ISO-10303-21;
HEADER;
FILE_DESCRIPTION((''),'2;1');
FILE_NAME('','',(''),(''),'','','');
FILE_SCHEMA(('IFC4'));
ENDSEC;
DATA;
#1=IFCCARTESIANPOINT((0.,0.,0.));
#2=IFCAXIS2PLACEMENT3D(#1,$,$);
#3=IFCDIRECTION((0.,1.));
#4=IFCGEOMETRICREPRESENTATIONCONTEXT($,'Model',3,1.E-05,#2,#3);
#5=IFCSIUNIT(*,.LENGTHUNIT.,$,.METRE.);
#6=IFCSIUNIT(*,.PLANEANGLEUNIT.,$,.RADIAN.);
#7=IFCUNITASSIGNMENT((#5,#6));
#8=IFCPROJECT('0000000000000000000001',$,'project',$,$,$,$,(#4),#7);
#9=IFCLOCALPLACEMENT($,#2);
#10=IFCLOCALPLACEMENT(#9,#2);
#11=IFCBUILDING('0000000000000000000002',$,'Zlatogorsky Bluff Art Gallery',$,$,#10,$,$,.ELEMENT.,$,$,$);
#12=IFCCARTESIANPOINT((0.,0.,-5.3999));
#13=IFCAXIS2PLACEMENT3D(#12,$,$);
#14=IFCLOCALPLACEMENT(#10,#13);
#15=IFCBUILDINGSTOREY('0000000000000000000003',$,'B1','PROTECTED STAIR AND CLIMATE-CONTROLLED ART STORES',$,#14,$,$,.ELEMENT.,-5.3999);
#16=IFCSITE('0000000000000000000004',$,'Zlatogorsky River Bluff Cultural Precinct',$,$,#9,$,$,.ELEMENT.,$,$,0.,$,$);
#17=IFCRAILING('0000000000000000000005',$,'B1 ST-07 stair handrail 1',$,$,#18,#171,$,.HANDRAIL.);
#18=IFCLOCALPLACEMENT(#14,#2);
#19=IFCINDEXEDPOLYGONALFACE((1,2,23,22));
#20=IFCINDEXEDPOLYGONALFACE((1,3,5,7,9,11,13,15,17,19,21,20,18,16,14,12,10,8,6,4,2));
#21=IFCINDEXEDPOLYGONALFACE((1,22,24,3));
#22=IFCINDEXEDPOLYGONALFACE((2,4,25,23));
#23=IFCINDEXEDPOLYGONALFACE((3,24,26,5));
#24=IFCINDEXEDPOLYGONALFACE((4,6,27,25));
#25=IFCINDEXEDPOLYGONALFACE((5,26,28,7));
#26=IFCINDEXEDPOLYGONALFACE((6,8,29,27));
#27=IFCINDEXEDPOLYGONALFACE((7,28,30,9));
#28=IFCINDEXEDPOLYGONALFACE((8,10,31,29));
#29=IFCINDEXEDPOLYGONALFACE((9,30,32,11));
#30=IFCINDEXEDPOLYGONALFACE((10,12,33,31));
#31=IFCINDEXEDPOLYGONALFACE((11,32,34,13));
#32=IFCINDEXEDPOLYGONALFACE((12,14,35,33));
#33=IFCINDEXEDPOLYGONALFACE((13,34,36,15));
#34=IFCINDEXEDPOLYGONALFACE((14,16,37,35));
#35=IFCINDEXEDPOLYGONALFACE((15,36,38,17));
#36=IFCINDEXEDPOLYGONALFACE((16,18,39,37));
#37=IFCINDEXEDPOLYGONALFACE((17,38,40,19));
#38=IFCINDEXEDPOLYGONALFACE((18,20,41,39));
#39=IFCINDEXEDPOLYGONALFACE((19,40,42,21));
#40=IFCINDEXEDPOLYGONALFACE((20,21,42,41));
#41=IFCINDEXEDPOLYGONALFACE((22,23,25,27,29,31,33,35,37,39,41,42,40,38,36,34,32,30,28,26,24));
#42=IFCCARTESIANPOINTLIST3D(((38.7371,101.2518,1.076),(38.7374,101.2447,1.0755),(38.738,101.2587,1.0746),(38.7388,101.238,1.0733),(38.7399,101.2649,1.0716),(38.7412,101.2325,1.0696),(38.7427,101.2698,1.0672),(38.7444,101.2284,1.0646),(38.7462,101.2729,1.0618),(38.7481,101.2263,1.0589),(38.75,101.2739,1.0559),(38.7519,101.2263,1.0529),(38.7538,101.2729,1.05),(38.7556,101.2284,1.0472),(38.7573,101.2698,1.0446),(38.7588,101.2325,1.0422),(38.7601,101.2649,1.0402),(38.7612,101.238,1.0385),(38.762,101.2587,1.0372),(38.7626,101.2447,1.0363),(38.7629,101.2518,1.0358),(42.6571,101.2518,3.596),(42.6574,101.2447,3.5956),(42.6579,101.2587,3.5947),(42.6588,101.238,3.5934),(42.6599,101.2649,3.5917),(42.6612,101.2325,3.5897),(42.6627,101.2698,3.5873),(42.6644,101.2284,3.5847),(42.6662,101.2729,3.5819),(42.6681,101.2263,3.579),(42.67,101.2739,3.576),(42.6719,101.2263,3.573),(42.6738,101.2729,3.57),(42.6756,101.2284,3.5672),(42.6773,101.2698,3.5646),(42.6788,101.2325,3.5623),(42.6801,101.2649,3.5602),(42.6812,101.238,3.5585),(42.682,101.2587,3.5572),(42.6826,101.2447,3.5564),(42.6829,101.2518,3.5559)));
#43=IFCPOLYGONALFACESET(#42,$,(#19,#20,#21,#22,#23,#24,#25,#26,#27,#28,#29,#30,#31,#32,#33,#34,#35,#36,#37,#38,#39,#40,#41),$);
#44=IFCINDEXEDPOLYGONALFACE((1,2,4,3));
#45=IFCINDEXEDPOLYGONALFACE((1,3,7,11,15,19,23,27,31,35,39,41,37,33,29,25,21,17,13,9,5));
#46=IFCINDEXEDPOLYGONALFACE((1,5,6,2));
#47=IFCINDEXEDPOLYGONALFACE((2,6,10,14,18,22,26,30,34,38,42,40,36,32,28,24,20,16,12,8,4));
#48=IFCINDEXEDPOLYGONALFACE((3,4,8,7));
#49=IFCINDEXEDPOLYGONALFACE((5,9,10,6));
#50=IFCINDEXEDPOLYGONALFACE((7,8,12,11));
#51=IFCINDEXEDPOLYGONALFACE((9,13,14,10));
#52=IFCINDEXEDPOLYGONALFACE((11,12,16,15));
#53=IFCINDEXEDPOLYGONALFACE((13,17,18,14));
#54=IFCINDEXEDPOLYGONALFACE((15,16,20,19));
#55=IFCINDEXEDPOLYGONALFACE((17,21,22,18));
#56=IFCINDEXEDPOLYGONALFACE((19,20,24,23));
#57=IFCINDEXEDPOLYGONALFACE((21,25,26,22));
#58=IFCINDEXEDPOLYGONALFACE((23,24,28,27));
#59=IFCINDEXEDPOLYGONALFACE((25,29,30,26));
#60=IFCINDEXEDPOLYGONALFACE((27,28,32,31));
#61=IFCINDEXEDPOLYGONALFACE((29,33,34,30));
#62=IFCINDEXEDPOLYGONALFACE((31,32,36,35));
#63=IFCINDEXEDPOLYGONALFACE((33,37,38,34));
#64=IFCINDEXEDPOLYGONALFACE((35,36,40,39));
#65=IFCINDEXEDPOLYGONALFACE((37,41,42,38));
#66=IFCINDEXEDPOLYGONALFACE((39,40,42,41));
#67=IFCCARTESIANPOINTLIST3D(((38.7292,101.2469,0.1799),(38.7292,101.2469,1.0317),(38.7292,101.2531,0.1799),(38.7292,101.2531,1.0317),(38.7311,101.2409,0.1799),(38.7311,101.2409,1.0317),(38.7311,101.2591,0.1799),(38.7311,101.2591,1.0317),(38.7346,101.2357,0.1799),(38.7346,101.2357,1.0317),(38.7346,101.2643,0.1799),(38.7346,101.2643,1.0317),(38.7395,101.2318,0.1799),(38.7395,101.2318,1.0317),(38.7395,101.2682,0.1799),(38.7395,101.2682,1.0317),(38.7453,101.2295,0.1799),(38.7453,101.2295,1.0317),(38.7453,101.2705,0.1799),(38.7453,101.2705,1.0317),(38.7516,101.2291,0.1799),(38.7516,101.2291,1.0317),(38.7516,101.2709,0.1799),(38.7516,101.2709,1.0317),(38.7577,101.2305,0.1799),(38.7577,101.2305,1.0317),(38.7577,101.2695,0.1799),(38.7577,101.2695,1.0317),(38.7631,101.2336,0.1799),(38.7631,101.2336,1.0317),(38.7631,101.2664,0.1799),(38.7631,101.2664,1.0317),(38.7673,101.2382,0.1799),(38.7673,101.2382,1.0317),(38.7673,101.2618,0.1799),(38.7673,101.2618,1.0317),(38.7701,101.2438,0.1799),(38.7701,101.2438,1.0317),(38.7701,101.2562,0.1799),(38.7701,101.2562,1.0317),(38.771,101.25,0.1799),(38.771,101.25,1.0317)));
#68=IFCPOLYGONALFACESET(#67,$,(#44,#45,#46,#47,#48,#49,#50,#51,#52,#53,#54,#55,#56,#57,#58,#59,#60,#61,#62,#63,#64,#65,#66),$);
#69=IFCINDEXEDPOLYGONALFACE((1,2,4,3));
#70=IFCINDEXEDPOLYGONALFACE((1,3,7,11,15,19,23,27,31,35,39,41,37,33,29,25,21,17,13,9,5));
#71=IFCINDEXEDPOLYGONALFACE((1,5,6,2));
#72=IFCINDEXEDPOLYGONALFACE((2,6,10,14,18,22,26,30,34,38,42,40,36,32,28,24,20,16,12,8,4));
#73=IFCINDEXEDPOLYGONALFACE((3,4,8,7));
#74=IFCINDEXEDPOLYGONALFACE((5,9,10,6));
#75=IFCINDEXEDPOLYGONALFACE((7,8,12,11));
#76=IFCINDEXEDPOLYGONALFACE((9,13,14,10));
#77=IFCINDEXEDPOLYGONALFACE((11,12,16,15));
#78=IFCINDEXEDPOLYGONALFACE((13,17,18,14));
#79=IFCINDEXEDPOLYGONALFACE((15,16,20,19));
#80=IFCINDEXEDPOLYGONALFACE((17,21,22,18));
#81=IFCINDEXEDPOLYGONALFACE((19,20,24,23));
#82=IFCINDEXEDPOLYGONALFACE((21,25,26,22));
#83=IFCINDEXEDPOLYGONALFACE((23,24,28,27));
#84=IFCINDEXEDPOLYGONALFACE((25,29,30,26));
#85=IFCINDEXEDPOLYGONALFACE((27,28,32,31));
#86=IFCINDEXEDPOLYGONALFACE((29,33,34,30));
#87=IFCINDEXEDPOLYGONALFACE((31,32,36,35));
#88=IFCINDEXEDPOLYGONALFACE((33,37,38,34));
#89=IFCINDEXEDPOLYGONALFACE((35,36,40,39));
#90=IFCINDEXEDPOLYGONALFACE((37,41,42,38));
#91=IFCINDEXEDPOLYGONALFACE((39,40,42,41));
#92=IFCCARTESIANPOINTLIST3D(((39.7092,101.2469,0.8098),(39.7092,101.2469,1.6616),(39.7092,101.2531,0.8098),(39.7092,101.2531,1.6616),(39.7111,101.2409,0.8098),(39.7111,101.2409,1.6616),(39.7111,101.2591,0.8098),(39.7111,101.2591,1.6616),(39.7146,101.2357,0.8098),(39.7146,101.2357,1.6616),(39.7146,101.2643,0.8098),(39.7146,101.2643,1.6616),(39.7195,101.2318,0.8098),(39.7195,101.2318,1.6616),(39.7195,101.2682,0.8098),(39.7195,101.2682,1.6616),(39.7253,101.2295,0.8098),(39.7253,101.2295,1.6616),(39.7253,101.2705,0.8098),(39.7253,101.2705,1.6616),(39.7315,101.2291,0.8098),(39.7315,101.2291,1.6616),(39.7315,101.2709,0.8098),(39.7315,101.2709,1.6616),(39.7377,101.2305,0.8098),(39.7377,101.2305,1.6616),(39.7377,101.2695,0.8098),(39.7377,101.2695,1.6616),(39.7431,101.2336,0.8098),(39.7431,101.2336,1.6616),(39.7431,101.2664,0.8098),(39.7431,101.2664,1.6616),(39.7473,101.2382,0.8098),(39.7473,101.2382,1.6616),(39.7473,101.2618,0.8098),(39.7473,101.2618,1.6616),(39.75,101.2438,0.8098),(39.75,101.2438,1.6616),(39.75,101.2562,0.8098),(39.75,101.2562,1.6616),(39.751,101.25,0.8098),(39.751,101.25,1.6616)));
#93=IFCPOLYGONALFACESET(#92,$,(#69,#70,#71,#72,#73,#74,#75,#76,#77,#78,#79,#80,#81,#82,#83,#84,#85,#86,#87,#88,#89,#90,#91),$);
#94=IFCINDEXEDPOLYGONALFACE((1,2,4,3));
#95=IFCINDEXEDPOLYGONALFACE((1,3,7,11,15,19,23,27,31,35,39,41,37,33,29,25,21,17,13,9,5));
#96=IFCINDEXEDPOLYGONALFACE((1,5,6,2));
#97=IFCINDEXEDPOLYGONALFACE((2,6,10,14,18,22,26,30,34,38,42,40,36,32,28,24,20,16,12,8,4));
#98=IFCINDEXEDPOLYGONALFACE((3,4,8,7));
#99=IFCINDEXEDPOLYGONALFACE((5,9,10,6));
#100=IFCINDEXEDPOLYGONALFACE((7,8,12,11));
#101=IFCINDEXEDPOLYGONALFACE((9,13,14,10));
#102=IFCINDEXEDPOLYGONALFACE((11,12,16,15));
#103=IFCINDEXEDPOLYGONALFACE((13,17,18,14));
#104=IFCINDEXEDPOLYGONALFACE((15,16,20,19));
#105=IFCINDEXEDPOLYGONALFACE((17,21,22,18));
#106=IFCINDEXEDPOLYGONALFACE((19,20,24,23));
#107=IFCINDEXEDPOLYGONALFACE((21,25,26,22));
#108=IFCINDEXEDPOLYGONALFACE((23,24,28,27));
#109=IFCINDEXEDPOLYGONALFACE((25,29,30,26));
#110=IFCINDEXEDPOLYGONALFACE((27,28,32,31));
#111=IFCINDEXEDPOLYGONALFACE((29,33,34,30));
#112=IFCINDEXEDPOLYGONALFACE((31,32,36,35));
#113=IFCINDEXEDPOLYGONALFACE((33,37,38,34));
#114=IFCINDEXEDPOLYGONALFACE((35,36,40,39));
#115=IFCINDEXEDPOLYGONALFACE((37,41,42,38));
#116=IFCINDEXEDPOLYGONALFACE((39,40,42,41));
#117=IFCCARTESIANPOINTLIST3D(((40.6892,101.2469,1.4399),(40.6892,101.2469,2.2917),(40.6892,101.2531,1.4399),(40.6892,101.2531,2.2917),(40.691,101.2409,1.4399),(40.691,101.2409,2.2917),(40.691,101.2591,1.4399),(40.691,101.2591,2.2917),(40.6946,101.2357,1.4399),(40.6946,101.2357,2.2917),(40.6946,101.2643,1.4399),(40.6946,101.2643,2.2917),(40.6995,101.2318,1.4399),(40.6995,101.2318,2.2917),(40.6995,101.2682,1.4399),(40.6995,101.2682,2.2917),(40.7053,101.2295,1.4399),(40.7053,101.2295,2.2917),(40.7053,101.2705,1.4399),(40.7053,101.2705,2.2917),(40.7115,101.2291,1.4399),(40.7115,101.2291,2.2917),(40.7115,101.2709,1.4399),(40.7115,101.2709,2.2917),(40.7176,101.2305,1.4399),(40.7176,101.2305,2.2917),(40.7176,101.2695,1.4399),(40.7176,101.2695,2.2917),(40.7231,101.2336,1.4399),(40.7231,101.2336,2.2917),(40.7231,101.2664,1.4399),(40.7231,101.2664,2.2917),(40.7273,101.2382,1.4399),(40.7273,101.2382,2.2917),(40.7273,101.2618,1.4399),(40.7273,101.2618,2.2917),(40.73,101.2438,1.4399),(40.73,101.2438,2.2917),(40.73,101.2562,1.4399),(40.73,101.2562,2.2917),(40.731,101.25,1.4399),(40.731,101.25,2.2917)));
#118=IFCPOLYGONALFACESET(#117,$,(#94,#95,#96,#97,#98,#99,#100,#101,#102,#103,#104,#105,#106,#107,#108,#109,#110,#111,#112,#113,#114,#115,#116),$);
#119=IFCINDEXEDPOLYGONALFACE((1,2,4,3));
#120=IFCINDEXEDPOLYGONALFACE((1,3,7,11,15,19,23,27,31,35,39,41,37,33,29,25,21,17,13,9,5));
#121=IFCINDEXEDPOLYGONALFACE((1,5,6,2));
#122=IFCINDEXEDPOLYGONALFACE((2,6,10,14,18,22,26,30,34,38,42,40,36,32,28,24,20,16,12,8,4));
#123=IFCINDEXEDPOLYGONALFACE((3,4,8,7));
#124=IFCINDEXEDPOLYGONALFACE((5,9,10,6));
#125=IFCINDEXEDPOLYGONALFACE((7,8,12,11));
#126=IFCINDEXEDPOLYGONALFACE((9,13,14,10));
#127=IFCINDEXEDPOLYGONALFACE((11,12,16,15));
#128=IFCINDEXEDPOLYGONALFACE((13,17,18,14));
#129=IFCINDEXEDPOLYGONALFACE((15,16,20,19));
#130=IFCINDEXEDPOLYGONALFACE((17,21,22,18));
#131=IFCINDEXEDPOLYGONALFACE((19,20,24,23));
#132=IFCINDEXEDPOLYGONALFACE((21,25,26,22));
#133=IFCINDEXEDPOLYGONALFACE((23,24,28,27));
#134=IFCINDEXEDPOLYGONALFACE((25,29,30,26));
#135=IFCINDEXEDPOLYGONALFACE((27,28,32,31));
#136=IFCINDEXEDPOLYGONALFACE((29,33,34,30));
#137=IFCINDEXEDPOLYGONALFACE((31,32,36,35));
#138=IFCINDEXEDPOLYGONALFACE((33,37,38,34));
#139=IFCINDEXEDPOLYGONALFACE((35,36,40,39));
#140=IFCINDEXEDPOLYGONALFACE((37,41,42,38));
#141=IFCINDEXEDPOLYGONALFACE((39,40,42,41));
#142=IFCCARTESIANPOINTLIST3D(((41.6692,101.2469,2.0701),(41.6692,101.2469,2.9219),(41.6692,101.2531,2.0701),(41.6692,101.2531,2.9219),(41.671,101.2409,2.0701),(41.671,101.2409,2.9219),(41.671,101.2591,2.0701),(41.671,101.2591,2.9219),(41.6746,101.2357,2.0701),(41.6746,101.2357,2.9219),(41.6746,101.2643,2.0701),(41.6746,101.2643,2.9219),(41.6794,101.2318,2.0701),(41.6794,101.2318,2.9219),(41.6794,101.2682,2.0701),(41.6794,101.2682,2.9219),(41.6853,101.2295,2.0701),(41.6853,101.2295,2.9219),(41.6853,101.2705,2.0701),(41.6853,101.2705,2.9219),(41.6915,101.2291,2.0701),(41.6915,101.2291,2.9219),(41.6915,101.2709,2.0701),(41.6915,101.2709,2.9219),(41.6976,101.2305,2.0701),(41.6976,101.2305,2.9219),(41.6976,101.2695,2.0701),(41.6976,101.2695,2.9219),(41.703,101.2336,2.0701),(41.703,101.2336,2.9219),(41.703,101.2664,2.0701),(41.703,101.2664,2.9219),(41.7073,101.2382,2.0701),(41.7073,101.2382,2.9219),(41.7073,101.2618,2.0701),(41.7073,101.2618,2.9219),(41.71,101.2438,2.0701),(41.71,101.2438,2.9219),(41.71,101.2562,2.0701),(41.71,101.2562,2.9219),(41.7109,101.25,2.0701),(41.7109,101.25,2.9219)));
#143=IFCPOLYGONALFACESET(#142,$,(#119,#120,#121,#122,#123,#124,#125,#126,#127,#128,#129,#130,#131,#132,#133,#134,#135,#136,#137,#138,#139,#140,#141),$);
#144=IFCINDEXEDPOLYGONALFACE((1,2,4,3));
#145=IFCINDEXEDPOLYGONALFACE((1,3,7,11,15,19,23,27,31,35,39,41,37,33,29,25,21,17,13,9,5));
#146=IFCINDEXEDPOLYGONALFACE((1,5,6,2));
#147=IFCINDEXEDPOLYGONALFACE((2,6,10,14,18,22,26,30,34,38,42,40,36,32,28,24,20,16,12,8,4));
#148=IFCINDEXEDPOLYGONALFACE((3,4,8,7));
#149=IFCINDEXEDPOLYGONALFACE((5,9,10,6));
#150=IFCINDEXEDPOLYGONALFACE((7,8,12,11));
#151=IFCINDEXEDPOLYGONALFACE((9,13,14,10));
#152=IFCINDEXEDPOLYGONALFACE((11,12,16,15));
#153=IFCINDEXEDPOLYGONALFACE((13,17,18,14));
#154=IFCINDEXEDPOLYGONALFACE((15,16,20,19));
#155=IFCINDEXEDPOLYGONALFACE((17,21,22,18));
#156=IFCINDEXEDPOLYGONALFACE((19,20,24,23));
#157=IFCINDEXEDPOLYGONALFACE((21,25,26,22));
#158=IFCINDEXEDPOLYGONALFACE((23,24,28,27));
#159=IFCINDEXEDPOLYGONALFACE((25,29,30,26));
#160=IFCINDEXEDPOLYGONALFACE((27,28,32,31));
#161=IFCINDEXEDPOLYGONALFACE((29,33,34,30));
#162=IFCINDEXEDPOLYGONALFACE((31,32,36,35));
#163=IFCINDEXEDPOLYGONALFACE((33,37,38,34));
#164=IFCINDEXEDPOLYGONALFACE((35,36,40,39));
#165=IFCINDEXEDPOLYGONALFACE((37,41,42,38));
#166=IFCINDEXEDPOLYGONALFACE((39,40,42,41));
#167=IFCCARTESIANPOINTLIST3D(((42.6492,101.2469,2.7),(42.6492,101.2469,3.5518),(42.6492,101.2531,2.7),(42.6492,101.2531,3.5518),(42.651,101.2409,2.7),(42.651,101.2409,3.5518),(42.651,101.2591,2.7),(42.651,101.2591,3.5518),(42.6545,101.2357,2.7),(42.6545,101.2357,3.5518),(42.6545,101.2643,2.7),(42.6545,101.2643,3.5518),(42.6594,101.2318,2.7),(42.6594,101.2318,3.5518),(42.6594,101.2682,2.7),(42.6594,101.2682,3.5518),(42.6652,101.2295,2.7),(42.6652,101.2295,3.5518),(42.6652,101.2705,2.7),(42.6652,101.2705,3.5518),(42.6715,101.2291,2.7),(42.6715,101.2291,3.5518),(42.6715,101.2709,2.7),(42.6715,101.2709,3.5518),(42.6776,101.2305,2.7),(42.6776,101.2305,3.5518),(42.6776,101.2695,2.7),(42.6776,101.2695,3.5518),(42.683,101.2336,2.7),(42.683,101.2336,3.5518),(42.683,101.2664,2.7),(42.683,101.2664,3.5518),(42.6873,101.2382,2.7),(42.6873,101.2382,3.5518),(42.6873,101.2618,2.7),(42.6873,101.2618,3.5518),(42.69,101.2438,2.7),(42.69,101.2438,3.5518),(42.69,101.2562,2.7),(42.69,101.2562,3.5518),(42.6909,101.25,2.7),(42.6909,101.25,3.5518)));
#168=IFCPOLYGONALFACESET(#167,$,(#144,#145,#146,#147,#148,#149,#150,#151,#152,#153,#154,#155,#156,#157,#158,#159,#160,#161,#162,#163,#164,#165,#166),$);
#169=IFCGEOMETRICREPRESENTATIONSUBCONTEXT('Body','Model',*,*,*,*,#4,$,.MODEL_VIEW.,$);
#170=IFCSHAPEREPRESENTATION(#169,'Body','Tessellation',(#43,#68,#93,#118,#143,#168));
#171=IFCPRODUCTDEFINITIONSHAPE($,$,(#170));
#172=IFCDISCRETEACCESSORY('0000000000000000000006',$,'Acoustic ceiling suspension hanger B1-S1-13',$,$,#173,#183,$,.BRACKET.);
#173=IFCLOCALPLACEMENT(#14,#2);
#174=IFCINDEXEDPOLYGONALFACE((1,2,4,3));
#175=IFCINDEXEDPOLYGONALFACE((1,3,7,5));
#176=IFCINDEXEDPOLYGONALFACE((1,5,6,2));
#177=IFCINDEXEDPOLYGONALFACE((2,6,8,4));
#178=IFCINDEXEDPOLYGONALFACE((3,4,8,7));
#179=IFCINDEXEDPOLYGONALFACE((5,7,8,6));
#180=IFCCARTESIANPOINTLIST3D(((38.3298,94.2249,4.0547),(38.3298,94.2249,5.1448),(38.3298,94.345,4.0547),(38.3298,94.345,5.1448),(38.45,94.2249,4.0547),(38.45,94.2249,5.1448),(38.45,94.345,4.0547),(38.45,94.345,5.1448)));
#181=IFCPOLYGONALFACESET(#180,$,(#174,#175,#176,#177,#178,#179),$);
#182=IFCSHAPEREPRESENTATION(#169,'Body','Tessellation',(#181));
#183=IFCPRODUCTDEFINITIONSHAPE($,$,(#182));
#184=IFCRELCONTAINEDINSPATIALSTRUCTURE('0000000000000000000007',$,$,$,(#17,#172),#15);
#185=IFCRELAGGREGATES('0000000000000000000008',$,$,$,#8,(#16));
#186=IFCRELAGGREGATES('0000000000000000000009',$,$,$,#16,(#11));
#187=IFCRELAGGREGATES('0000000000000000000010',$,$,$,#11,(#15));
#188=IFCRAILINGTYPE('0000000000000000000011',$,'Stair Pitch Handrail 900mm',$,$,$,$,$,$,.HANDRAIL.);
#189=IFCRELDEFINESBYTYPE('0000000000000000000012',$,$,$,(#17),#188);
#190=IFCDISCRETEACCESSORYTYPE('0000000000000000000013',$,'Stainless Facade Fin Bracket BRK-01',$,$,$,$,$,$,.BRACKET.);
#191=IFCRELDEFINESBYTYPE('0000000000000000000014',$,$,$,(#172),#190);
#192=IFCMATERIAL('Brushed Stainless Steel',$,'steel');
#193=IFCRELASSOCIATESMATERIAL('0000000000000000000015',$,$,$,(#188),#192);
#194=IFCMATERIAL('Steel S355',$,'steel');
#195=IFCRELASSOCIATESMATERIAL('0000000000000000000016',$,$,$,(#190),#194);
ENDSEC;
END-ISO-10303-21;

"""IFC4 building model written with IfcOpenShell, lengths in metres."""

from ifc_helpers import new_model, si_unit, direction, frame, origin, origin_2d, place, context, subcontext, project, spatial, rectangle, circle, extrude, material, type_object, element, save


model = new_model("IFC4")

# Units and contexts
model_context = context("Model", 3, precision=1e-05, world=origin(), true_north=direction((0.0, 1.0)))
body_context = subcontext(model_context, "Body", "Model", "MODEL_VIEW")
ifc_project = project(units=[si_unit("LENGTHUNIT", "METRE"), si_unit("PLANEANGLEUNIT", "RADIAN")], contexts=[model_context])

# Site, building, storey
site_placement = place(None, origin())
site = spatial("IfcSite", under=ifc_project, at=site_placement, Name="Zlatogorsky River Bluff Cultural Precinct", CompositionType="ELEMENT", RefElevation=0.0)
building_placement = place(site_placement, origin())
building = spatial("IfcBuilding", under=site, at=building_placement, Name="Zlatogorsky Bluff Art Gallery", CompositionType="ELEMENT")
storey_placement = place(building_placement, frame((0.0, 0.0, -5.3999)))
storey = spatial("IfcBuildingStorey", under=building, at=storey_placement, Name="B1", Description="PROTECTED STAIR AND CLIMATE-CONTROLLED ART STORES", CompositionType="ELEMENT", Elevation=-5.3999)

# Shared definitions
ifc_material_1 = material(Name="Steel S355", Category="steel")

# Railing
ifc_material_2 = material(Name="Brushed Stainless Steel", Category="steel")
railing_type_1 = type_object("IfcRailingType", Name="Stair Pitch Handrail 900mm", PredefinedType="HANDRAIL", material=ifc_material_2)
railing_1_placement = place(storey_placement, frame((38.75, 101.25, 0.1799)))
element("IfcRailing", 1, at=railing_1_placement, inside=storey, type_object=railing_type_1, Name="B1 ST-07 stair handrail 1", PredefinedType="HANDRAIL", context=body_context, shape_type="SweptSolid", body=[
    extrude(circle(Radius=0.0239, at=origin_2d()), frame((0.0, 0.0, 0.876), z_axis=(0.841172, 0.0, 0.540768), x_axis=(0.0, 1.0, 0.0)), (0.0, 0.0, 1.0), 4.6602),
    extrude(circle(Radius=0.021, at=origin_2d()), origin(), (0.0, 0.0, 1.0), 0.8518),
    extrude(circle(Radius=0.021, at=origin_2d()), frame((0.98, 0.0, 0.6299)), (0.0, 0.0, 1.0), 0.8518),
    extrude(circle(Radius=0.021, at=origin_2d()), frame((1.96, 0.0, 1.26)), (0.0, 0.0, 1.0), 0.8518),
    extrude(circle(Radius=0.021, at=origin_2d()), frame((2.9399, 0.0, 1.8901)), (0.0, 0.0, 1.0), 0.8518),
    extrude(circle(Radius=0.021, at=origin_2d()), frame((3.9199, 0.0, 2.52)), (0.0, 0.0, 1.0), 0.8518),
])

# Discrete accessory
discrete_accessory_type = type_object("IfcDiscreteAccessoryType", Name="Stainless Facade Fin Bracket BRK-01", PredefinedType="BRACKET", material=ifc_material_1)
discrete_accessory_placement = place(storey_placement, frame((38.3899, 94.2849, 4.0547), z_axis=(0.0, 0.0, 1.0), x_axis=(1.0, 0.0, 0.0)))
element("IfcDiscreteAccessory", 2, at=discrete_accessory_placement, inside=storey, type_object=discrete_accessory_type, Name="Acoustic ceiling suspension hanger B1-S1-13", PredefinedType="BRACKET", context=body_context, shape_type="SweptSolid", body=[
    extrude(rectangle(XDim=0.1201, YDim=0.1201, at=origin_2d()), origin(), (0.0, 0.0, 1.0), 1.0901),
])

save(model, "model.ifc")
